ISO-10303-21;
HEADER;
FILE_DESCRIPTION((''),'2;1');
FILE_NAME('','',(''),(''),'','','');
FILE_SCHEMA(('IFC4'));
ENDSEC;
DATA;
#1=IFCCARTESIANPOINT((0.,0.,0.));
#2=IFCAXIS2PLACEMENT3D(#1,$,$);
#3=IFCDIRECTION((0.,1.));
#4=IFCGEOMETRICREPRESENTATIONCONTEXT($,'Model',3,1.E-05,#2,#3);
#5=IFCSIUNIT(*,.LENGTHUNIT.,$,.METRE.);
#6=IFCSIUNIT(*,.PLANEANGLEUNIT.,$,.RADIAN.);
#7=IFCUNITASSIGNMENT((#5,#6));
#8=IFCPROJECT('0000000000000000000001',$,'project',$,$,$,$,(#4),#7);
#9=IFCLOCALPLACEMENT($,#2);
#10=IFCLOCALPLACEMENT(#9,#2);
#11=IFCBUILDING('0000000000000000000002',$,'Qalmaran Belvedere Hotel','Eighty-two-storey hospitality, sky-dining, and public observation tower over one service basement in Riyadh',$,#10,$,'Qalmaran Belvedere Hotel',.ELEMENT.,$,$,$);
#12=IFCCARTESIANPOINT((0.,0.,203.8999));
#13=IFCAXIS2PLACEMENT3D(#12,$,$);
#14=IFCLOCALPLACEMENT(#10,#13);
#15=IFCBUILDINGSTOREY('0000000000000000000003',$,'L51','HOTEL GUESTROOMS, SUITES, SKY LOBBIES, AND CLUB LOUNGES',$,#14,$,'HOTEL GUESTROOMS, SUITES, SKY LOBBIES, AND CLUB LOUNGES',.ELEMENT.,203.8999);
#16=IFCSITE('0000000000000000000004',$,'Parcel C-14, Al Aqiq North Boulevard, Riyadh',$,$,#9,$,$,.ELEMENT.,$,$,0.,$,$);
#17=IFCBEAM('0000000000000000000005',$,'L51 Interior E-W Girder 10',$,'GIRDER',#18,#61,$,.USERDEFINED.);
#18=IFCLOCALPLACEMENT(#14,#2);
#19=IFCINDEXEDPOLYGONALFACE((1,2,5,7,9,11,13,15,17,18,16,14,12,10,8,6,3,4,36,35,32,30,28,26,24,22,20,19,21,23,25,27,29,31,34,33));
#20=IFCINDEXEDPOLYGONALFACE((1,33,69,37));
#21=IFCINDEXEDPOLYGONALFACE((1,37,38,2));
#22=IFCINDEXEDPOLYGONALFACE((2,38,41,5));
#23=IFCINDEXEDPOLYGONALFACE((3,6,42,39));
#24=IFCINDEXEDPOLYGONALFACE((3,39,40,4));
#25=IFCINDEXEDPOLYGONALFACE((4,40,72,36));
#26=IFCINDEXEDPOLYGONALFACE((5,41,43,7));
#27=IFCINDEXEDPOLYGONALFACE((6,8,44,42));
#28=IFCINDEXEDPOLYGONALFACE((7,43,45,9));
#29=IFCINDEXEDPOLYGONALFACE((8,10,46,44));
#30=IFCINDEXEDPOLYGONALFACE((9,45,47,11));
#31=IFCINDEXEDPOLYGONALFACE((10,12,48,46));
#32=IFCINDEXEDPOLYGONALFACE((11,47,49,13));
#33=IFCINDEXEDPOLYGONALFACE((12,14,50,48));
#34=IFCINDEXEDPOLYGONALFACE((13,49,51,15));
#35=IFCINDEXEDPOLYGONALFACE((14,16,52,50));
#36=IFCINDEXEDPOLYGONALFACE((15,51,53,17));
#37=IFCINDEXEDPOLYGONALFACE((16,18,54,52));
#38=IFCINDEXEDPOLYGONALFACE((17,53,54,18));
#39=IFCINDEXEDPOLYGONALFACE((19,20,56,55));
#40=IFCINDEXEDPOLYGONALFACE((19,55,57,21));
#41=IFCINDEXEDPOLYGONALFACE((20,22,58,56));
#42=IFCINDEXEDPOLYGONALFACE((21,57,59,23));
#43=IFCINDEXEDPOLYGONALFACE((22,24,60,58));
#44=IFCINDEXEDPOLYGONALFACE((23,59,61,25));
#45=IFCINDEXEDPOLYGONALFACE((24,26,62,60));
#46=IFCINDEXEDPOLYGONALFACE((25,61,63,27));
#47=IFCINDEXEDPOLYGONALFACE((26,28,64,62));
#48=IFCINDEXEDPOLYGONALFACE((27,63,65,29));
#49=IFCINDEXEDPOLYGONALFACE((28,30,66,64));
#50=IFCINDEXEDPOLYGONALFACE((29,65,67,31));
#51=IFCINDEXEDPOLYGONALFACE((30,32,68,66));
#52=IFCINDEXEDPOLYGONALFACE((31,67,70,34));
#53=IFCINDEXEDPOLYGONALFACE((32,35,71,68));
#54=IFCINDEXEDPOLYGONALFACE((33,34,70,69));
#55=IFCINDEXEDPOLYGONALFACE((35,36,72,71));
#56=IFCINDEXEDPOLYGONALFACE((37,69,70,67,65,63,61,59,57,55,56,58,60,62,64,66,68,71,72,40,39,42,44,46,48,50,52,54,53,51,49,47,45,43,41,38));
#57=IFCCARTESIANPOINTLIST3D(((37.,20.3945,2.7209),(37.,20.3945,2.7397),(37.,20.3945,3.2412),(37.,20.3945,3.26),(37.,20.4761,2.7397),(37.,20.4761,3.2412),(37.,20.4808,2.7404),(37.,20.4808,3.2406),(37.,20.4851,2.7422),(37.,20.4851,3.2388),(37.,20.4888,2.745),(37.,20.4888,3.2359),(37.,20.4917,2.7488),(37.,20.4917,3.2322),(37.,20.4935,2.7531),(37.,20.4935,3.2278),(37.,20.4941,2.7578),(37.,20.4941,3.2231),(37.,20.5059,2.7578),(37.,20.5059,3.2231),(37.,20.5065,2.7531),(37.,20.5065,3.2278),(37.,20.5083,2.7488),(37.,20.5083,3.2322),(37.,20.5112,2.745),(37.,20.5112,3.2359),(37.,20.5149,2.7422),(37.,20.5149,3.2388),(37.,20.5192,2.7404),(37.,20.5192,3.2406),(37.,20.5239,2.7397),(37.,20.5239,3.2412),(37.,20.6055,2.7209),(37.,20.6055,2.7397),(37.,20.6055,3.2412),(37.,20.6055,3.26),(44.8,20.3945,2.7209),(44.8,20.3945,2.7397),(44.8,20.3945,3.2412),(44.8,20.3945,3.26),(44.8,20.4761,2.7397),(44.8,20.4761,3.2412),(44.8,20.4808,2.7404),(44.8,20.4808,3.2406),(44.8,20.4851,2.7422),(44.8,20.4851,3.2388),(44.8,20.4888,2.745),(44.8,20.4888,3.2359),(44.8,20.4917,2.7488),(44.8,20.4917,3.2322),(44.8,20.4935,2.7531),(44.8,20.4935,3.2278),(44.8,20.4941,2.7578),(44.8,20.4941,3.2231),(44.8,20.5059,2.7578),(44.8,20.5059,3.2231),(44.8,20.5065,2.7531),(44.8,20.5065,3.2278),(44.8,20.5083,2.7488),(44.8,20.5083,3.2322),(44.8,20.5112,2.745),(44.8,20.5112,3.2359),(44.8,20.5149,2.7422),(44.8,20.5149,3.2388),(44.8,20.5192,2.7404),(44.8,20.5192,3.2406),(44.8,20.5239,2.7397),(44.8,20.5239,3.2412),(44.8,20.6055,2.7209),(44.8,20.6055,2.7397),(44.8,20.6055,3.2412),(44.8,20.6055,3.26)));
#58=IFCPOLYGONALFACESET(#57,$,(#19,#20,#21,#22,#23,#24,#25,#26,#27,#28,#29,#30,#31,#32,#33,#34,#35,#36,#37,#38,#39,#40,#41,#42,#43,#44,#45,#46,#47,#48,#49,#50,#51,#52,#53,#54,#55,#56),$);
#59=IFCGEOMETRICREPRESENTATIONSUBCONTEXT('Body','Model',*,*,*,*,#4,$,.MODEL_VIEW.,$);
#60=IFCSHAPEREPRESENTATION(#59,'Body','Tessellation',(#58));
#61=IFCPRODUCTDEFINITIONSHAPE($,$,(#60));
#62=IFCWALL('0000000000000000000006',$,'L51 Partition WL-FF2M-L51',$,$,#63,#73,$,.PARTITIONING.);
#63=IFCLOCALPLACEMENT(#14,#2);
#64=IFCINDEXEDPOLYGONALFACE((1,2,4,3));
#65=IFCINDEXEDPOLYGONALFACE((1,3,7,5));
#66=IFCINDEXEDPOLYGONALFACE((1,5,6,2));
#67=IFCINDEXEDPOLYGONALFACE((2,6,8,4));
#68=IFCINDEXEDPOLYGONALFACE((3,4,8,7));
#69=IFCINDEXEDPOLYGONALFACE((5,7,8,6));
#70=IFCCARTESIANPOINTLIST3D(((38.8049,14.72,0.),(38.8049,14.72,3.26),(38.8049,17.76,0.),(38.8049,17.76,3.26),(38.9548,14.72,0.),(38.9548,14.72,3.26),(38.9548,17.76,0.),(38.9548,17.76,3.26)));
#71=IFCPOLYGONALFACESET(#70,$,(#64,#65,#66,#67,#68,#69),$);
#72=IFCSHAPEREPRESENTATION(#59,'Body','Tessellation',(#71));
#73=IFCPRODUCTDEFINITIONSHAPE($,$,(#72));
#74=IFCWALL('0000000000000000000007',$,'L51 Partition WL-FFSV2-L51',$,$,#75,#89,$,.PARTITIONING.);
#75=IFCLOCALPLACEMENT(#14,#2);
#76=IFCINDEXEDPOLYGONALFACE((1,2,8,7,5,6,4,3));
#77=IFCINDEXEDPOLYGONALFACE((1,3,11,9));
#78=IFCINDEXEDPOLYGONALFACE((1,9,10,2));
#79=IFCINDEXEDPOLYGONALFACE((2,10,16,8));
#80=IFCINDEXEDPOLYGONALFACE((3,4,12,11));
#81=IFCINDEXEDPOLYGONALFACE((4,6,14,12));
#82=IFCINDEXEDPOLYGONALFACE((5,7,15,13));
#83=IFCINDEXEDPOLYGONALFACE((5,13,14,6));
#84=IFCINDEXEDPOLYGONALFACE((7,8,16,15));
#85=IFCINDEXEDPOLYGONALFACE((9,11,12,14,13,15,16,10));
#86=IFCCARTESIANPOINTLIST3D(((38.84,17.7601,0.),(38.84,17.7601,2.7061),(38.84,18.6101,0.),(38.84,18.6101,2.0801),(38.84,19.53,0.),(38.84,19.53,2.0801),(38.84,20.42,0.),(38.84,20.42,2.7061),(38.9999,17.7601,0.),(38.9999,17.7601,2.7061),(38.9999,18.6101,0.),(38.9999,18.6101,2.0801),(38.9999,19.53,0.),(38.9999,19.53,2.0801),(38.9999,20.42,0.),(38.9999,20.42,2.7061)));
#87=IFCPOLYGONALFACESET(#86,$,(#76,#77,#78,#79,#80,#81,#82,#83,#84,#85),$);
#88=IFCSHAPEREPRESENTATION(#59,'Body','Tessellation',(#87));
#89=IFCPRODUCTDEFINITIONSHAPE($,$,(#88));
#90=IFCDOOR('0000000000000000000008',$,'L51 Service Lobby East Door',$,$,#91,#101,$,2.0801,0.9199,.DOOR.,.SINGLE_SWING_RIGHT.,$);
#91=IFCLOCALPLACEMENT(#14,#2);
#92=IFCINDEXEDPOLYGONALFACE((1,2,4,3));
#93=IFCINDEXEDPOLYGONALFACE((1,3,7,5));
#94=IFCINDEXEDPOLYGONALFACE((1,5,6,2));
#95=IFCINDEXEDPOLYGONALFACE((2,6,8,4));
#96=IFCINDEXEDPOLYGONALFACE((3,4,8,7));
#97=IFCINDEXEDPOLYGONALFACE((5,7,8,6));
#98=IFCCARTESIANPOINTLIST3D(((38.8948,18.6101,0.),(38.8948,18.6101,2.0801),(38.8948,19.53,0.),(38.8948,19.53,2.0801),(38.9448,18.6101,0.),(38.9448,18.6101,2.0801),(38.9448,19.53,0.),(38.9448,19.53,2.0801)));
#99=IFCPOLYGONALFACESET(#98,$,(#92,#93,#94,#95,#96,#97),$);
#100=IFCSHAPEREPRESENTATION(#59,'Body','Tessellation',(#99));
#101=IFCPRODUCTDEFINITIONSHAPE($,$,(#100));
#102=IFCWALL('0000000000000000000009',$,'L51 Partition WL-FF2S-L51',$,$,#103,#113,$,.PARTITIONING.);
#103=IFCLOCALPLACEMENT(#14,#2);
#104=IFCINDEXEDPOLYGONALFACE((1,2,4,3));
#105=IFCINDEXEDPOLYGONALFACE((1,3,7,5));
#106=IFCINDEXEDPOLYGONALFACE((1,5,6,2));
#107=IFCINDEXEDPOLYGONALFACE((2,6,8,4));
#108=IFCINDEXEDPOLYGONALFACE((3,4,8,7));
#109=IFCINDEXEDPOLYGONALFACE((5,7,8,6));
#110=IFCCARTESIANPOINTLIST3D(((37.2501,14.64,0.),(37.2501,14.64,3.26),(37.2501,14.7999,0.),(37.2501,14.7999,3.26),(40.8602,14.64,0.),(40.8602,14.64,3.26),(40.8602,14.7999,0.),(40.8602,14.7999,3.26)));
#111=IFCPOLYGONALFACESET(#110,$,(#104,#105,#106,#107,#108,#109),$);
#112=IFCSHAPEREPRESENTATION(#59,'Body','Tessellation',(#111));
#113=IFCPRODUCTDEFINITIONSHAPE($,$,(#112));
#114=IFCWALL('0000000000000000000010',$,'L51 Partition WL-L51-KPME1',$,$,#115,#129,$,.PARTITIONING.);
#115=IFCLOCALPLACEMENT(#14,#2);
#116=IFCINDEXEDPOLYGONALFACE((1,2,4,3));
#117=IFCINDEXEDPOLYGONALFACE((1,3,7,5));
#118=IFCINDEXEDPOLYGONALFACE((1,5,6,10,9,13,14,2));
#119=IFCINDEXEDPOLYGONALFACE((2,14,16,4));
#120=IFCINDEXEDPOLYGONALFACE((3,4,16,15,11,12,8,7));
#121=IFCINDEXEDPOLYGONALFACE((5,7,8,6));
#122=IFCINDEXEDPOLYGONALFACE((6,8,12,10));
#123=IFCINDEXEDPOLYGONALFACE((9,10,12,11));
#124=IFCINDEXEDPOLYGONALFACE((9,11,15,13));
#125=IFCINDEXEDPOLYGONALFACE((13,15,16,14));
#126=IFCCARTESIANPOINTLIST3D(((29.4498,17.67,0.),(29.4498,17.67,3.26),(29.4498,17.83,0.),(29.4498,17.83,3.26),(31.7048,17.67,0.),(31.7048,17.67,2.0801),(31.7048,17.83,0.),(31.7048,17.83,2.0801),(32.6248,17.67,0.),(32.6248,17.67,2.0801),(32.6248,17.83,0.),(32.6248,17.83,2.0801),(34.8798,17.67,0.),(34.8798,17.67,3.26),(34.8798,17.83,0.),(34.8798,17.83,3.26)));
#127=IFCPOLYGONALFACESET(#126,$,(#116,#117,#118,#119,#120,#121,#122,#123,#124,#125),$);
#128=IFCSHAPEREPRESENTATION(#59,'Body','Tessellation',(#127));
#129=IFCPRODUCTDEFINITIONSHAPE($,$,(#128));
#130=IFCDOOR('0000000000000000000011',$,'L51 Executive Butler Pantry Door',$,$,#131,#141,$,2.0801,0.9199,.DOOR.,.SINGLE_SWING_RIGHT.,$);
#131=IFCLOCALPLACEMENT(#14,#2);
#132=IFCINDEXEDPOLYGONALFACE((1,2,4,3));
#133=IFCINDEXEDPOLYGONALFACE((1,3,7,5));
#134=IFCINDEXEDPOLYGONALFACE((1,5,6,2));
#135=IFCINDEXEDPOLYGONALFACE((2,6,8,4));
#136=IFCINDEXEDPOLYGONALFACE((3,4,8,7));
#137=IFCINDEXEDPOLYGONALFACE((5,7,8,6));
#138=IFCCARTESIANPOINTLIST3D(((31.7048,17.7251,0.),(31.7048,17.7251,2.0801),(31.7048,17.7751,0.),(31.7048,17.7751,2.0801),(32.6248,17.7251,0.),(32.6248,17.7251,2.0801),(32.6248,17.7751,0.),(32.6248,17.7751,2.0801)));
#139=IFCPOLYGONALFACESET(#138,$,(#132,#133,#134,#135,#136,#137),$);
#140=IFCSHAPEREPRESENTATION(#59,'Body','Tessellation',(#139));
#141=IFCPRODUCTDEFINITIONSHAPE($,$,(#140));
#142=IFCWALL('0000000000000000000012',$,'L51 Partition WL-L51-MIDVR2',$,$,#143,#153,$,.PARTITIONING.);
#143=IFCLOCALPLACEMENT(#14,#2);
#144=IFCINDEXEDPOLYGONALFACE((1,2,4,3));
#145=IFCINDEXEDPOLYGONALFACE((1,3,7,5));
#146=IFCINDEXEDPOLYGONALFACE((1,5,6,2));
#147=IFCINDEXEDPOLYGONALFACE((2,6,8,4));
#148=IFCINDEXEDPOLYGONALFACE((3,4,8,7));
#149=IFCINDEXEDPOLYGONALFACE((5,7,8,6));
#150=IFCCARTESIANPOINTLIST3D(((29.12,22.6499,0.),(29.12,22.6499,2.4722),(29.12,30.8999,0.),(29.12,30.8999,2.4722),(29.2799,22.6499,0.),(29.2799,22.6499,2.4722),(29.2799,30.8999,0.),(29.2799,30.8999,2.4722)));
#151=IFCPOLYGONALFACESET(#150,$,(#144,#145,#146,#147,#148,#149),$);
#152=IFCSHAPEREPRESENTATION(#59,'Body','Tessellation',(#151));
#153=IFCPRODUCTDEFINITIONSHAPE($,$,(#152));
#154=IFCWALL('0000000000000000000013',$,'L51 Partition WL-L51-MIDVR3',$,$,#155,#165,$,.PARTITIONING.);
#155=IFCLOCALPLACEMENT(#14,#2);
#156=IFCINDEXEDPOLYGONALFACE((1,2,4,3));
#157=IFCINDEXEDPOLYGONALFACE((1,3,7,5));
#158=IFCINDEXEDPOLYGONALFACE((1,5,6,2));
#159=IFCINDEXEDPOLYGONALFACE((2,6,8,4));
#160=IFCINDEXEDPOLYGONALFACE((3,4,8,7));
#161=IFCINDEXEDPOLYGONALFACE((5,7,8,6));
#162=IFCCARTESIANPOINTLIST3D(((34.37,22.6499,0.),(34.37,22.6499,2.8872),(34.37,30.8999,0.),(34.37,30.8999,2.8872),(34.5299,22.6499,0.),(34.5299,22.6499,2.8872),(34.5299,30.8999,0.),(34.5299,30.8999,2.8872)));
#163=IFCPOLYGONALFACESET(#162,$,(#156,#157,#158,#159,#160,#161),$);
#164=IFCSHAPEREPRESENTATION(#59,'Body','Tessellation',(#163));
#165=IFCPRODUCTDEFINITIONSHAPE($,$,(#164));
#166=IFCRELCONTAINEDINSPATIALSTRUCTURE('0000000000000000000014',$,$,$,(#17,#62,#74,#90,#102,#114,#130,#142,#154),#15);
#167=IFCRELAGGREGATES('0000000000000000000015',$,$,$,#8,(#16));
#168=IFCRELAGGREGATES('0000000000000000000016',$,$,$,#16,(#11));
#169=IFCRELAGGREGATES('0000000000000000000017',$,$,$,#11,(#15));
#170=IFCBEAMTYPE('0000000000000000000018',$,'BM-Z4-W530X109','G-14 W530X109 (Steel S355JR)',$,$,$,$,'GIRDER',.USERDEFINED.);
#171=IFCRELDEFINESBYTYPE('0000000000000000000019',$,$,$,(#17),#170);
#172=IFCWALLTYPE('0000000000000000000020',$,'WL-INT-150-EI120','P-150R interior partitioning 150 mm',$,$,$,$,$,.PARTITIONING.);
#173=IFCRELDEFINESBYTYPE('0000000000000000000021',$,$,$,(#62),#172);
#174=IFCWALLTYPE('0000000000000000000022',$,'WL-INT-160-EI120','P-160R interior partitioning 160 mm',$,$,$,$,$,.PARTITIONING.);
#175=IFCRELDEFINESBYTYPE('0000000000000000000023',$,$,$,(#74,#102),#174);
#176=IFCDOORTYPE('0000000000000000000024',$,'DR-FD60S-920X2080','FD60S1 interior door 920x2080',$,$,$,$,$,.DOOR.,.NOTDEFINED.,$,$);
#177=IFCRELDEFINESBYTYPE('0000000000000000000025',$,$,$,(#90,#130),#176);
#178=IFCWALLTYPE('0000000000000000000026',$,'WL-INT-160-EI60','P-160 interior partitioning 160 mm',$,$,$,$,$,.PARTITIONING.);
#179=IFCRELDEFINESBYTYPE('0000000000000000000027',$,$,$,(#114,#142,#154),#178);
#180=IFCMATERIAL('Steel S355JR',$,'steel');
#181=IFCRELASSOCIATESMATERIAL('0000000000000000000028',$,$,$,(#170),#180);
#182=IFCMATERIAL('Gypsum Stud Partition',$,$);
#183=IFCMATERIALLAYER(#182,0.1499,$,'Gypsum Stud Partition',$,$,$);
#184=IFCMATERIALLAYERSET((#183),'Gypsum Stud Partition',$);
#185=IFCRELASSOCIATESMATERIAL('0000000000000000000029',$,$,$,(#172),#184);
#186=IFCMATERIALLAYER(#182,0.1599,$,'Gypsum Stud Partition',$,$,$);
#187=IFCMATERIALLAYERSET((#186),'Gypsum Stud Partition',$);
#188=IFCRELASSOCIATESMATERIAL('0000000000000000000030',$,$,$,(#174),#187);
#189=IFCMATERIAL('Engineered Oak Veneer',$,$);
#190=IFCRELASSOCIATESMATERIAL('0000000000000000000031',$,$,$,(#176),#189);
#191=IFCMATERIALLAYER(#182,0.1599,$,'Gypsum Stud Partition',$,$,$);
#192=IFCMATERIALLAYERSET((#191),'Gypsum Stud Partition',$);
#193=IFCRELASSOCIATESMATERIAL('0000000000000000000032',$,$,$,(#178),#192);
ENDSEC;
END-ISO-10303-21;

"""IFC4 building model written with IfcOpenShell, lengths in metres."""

from ifc_helpers import new_model, si_unit, direction, frame, frame_2d, origin, origin_2d, place, context, subcontext, project, spatial, rectangle, i_section, extrude, material, layer, layer_set, material_profile, profile_set, type_object, element, fill, save


model = new_model("IFC4")

# Units and contexts
model_context = context("Model", 3, precision=1e-05, world=origin(), true_north=direction((0.0, 1.0)))
body_context = subcontext(model_context, "Body", "Model", "MODEL_VIEW")
ifc_project = project(units=[si_unit("LENGTHUNIT", "METRE"), si_unit("PLANEANGLEUNIT", "RADIAN")], contexts=[model_context])

# Site, building, storey
site_placement = place(None, origin())
site = spatial("IfcSite", under=ifc_project, at=site_placement, Name="Parcel C-14, Al Aqiq North Boulevard, Riyadh", CompositionType="ELEMENT", RefElevation=0.0)
building_placement = place(site_placement, origin())
building = spatial("IfcBuilding", under=site, at=building_placement, Name="Qalmaran Belvedere Hotel", Description="Eighty-two-storey hospitality, sky-dining, and public observation tower over one service basement in Riyadh", LongName="Qalmaran Belvedere Hotel", CompositionType="ELEMENT")
storey_placement = place(building_placement, frame((0.0, 0.0, 203.8999)))
storey = spatial("IfcBuildingStorey", under=building, at=storey_placement, Name="L51", Description="HOTEL GUESTROOMS, SUITES, SKY LOBBIES, AND CLUB LOUNGES", LongName="HOTEL GUESTROOMS, SUITES, SKY LOBBIES, AND CLUB LOUNGES", CompositionType="ELEMENT", Elevation=203.8999)

# Beam
ifc_material_1 = material(Name="Steel S355JR", Category="steel")
ifc_material_profile_1 = material_profile(ifc_material_1, i_section(OverallWidth=0.2109, OverallDepth=0.5391, WebThickness=0.0117, FlangeThickness=0.0188, FilletRadius=0.0181, at=origin_2d()), Name="W530X109")
ifc_profile_set_1 = profile_set([ifc_material_profile_1], Name="Steel S355JR")
beam_type_1 = type_object("IfcBeamType", Name="BM-Z4-W530X109", Description="G-14 W530X109 (Steel S355JR)", ElementType="GIRDER", PredefinedType="USERDEFINED", material=ifc_profile_set_1)
for number, where, z_axis, x_axis, name in (
    (1, (37.0, 20.5, 2.9905), (1.0, 0.0, 0.0), (0.0, 1.0, 0.0), "L51 Interior E-W Girder 10"),
):
    element("IfcBeam", number, at=place(storey_placement, frame(where, z_axis=z_axis, x_axis=x_axis)), inside=storey, type_object=beam_type_1, Name=name, ObjectType="GIRDER", PredefinedType="USERDEFINED", context=body_context, shape_type="SweptSolid", body=[
        extrude(i_section(OverallWidth=0.2109, OverallDepth=0.5391, WebThickness=0.0117, FlangeThickness=0.0188, FilletRadius=0.0181, at=origin_2d()), origin(), (0.0, 0.0, 1.0), 7.8),
    ])

# Wall
ifc_material_2 = material(Name="Gypsum Stud Partition")
ifc_layer_1 = layer(ifc_material_2, 0.1499, Name="Gypsum Stud Partition")
ifc_layer_set_1 = layer_set([ifc_layer_1], Name="Gypsum Stud Partition")
wall_type_1 = type_object("IfcWallType", Name="WL-INT-150-EI120", Description="P-150R interior partitioning 150 mm", PredefinedType="PARTITIONING", material=ifc_layer_set_1)
wall_1_placement = place(storey_placement, frame((38.8799, 14.72, 0.0), z_axis=(0.0, 0.0, 1.0), x_axis=(0.0, 1.0, 0.0)))
element("IfcWall", 2, at=wall_1_placement, inside=storey, type_object=wall_type_1, Name="L51 Partition WL-FF2M-L51", PredefinedType="PARTITIONING", context=body_context, shape_type="SweptSolid", body=[
    extrude(rectangle(XDim=3.04, YDim=0.1499, at=frame_2d((1.52, 0.0))), origin(), (0.0, 0.0, 1.0), 3.26),
])

# Wall, opening, door
ifc_layer_2 = layer(ifc_material_2, 0.1599, Name="Gypsum Stud Partition")
ifc_layer_set_2 = layer_set([ifc_layer_2], Name="Gypsum Stud Partition")
wall_type_2 = type_object("IfcWallType", Name="WL-INT-160-EI120", Description="P-160R interior partitioning 160 mm", PredefinedType="PARTITIONING", material=ifc_layer_set_2)
wall_2_placement = place(storey_placement, frame((38.9199, 17.76, 0.0), z_axis=(0.0, 0.0, 1.0), x_axis=(0.0, 1.0, 0.0)))
wall_2 = element("IfcWall", 3, at=wall_2_placement, inside=storey, type_object=wall_type_2, Name="L51 Partition WL-FFSV2-L51", PredefinedType="PARTITIONING", context=body_context, shape_type="SweptSolid", body=[
    extrude(rectangle(XDim=2.6599, YDim=0.1599, at=frame_2d((1.3301, 0.0))), origin(), (0.0, 0.0, 1.0), 2.7061),
])
opening_1_placement = place(wall_2_placement, frame((1.77, 0.0, 0.0), z_axis=(0.0, 0.0, 1.0), x_axis=(-1.0, 0.0, 0.0)))
opening_1 = element("IfcOpeningElement", 4, at=opening_1_placement, cuts=wall_2, PredefinedType="OPENING", context=body_context, shape_type="SweptSolid", body=[
    extrude(rectangle(XDim=0.9199, YDim=2.0801, at=frame_2d((0.46, 1.04))), frame((0.0, 0.0898, 0.0), z_axis=(0.0, -1.0, 0.0), x_axis=(1.0, 0.0, 0.0)), (0.0, 0.0, 1.0), 0.1799),
])
ifc_material_3 = material(Name="Engineered Oak Veneer")
door_type_1 = type_object("IfcDoorType", Name="DR-FD60S-920X2080", Description="FD60S1 interior door 920x2080", OperationType="NOTDEFINED", PredefinedType="DOOR", material=ifc_material_3)
door_1_placement = place(opening_1_placement, origin())
door_1 = element("IfcDoor", 5, at=door_1_placement, inside=storey, type_object=door_type_1, Name="L51 Service Lobby East Door", OperationType="SINGLE_SWING_RIGHT", OverallHeight=2.0801, OverallWidth=0.9199, PredefinedType="DOOR", context=body_context, shape_type="SweptSolid", body=[
    extrude(rectangle(XDim=0.9199, YDim=2.0801, at=frame_2d((0.46, 1.04))), frame((0.0, 0.0249, 0.0), z_axis=(0.0, -1.0, 0.0), x_axis=(1.0, 0.0, 0.0)), (0.0, 0.0, 1.0), 0.05),
])
fill(opening_1, door_1)

# Wall
wall_3_placement = place(storey_placement, frame((37.25, 14.72, 0.0), z_axis=(0.0, 0.0, 1.0), x_axis=(1.0, 0.0, 0.0)))
element("IfcWall", 6, at=wall_3_placement, inside=storey, type_object=wall_type_2, Name="L51 Partition WL-FF2S-L51", PredefinedType="PARTITIONING", context=body_context, shape_type="SweptSolid", body=[
    extrude(rectangle(XDim=3.6101, YDim=0.1599, at=frame_2d((1.8052, 0.0))), origin(), (0.0, 0.0, 1.0), 3.26),
])

# Wall, opening, door
ifc_layer_3 = layer(ifc_material_2, 0.1599, Name="Gypsum Stud Partition")
ifc_layer_set_3 = layer_set([ifc_layer_3], Name="Gypsum Stud Partition")
wall_type_3 = type_object("IfcWallType", Name="WL-INT-160-EI60", Description="P-160 interior partitioning 160 mm", PredefinedType="PARTITIONING", material=ifc_layer_set_3)
wall_4_placement = place(storey_placement, frame((29.45, 17.75, 0.0), z_axis=(0.0, 0.0, 1.0), x_axis=(1.0, 0.0, 0.0)))
wall_4 = element("IfcWall", 7, at=wall_4_placement, inside=storey, type_object=wall_type_3, Name="L51 Partition WL-L51-KPME1", PredefinedType="PARTITIONING", context=body_context, shape_type="SweptSolid", body=[
    extrude(rectangle(XDim=5.4299, YDim=0.1599, at=frame_2d((2.7148, 0.0))), origin(), (0.0, 0.0, 1.0), 3.26),
])
opening_2_placement = place(wall_4_placement, frame((3.1748, 0.0, 0.0), z_axis=(0.0, 0.0, 1.0), x_axis=(-1.0, 0.0, 0.0)))
opening_2 = element("IfcOpeningElement", 8, at=opening_2_placement, cuts=wall_4, PredefinedType="OPENING", context=body_context, shape_type="SweptSolid", body=[
    extrude(rectangle(XDim=0.9199, YDim=2.0801, at=frame_2d((0.46, 1.04))), frame((0.0, 0.0898, 0.0), z_axis=(0.0, -1.0, 0.0), x_axis=(1.0, 0.0, 0.0)), (0.0, 0.0, 1.0), 0.1799),
])
door_2_placement = place(opening_2_placement, origin())
door_2 = element("IfcDoor", 9, at=door_2_placement, inside=storey, type_object=door_type_1, Name="L51 Executive Butler Pantry Door", OperationType="SINGLE_SWING_RIGHT", OverallHeight=2.0801, OverallWidth=0.9199, PredefinedType="DOOR", context=body_context, shape_type="SweptSolid", body=[
    extrude(rectangle(XDim=0.9199, YDim=2.0801, at=frame_2d((0.46, 1.04))), frame((0.0, 0.0249, 0.0), z_axis=(0.0, -1.0, 0.0), x_axis=(1.0, 0.0, 0.0)), (0.0, 0.0, 1.0), 0.05),
])
fill(opening_2, door_2)

# Walls
wall_5_placement = place(storey_placement, frame((29.2, 22.6499, 0.0), z_axis=(0.0, 0.0, 1.0), x_axis=(0.0, 1.0, 0.0)))
element("IfcWall", 10, at=wall_5_placement, inside=storey, type_object=wall_type_3, Name="L51 Partition WL-L51-MIDVR2", PredefinedType="PARTITIONING", context=body_context, shape_type="SweptSolid", body=[
    extrude(rectangle(XDim=8.25, YDim=0.1599, at=frame_2d((4.125, 0.0))), origin(), (0.0, 0.0, 1.0), 2.4722),
])
wall_6_placement = place(storey_placement, frame((34.45, 22.6499, 0.0), z_axis=(0.0, 0.0, 1.0), x_axis=(0.0, 1.0, 0.0)))
element("IfcWall", 11, at=wall_6_placement, inside=storey, type_object=wall_type_3, Name="L51 Partition WL-L51-MIDVR3", PredefinedType="PARTITIONING", context=body_context, shape_type="SweptSolid", body=[
    extrude(rectangle(XDim=8.25, YDim=0.1599, at=frame_2d((4.125, 0.0))), origin(), (0.0, 0.0, 1.0), 2.8872),
])

save(model, "model.ifc")
